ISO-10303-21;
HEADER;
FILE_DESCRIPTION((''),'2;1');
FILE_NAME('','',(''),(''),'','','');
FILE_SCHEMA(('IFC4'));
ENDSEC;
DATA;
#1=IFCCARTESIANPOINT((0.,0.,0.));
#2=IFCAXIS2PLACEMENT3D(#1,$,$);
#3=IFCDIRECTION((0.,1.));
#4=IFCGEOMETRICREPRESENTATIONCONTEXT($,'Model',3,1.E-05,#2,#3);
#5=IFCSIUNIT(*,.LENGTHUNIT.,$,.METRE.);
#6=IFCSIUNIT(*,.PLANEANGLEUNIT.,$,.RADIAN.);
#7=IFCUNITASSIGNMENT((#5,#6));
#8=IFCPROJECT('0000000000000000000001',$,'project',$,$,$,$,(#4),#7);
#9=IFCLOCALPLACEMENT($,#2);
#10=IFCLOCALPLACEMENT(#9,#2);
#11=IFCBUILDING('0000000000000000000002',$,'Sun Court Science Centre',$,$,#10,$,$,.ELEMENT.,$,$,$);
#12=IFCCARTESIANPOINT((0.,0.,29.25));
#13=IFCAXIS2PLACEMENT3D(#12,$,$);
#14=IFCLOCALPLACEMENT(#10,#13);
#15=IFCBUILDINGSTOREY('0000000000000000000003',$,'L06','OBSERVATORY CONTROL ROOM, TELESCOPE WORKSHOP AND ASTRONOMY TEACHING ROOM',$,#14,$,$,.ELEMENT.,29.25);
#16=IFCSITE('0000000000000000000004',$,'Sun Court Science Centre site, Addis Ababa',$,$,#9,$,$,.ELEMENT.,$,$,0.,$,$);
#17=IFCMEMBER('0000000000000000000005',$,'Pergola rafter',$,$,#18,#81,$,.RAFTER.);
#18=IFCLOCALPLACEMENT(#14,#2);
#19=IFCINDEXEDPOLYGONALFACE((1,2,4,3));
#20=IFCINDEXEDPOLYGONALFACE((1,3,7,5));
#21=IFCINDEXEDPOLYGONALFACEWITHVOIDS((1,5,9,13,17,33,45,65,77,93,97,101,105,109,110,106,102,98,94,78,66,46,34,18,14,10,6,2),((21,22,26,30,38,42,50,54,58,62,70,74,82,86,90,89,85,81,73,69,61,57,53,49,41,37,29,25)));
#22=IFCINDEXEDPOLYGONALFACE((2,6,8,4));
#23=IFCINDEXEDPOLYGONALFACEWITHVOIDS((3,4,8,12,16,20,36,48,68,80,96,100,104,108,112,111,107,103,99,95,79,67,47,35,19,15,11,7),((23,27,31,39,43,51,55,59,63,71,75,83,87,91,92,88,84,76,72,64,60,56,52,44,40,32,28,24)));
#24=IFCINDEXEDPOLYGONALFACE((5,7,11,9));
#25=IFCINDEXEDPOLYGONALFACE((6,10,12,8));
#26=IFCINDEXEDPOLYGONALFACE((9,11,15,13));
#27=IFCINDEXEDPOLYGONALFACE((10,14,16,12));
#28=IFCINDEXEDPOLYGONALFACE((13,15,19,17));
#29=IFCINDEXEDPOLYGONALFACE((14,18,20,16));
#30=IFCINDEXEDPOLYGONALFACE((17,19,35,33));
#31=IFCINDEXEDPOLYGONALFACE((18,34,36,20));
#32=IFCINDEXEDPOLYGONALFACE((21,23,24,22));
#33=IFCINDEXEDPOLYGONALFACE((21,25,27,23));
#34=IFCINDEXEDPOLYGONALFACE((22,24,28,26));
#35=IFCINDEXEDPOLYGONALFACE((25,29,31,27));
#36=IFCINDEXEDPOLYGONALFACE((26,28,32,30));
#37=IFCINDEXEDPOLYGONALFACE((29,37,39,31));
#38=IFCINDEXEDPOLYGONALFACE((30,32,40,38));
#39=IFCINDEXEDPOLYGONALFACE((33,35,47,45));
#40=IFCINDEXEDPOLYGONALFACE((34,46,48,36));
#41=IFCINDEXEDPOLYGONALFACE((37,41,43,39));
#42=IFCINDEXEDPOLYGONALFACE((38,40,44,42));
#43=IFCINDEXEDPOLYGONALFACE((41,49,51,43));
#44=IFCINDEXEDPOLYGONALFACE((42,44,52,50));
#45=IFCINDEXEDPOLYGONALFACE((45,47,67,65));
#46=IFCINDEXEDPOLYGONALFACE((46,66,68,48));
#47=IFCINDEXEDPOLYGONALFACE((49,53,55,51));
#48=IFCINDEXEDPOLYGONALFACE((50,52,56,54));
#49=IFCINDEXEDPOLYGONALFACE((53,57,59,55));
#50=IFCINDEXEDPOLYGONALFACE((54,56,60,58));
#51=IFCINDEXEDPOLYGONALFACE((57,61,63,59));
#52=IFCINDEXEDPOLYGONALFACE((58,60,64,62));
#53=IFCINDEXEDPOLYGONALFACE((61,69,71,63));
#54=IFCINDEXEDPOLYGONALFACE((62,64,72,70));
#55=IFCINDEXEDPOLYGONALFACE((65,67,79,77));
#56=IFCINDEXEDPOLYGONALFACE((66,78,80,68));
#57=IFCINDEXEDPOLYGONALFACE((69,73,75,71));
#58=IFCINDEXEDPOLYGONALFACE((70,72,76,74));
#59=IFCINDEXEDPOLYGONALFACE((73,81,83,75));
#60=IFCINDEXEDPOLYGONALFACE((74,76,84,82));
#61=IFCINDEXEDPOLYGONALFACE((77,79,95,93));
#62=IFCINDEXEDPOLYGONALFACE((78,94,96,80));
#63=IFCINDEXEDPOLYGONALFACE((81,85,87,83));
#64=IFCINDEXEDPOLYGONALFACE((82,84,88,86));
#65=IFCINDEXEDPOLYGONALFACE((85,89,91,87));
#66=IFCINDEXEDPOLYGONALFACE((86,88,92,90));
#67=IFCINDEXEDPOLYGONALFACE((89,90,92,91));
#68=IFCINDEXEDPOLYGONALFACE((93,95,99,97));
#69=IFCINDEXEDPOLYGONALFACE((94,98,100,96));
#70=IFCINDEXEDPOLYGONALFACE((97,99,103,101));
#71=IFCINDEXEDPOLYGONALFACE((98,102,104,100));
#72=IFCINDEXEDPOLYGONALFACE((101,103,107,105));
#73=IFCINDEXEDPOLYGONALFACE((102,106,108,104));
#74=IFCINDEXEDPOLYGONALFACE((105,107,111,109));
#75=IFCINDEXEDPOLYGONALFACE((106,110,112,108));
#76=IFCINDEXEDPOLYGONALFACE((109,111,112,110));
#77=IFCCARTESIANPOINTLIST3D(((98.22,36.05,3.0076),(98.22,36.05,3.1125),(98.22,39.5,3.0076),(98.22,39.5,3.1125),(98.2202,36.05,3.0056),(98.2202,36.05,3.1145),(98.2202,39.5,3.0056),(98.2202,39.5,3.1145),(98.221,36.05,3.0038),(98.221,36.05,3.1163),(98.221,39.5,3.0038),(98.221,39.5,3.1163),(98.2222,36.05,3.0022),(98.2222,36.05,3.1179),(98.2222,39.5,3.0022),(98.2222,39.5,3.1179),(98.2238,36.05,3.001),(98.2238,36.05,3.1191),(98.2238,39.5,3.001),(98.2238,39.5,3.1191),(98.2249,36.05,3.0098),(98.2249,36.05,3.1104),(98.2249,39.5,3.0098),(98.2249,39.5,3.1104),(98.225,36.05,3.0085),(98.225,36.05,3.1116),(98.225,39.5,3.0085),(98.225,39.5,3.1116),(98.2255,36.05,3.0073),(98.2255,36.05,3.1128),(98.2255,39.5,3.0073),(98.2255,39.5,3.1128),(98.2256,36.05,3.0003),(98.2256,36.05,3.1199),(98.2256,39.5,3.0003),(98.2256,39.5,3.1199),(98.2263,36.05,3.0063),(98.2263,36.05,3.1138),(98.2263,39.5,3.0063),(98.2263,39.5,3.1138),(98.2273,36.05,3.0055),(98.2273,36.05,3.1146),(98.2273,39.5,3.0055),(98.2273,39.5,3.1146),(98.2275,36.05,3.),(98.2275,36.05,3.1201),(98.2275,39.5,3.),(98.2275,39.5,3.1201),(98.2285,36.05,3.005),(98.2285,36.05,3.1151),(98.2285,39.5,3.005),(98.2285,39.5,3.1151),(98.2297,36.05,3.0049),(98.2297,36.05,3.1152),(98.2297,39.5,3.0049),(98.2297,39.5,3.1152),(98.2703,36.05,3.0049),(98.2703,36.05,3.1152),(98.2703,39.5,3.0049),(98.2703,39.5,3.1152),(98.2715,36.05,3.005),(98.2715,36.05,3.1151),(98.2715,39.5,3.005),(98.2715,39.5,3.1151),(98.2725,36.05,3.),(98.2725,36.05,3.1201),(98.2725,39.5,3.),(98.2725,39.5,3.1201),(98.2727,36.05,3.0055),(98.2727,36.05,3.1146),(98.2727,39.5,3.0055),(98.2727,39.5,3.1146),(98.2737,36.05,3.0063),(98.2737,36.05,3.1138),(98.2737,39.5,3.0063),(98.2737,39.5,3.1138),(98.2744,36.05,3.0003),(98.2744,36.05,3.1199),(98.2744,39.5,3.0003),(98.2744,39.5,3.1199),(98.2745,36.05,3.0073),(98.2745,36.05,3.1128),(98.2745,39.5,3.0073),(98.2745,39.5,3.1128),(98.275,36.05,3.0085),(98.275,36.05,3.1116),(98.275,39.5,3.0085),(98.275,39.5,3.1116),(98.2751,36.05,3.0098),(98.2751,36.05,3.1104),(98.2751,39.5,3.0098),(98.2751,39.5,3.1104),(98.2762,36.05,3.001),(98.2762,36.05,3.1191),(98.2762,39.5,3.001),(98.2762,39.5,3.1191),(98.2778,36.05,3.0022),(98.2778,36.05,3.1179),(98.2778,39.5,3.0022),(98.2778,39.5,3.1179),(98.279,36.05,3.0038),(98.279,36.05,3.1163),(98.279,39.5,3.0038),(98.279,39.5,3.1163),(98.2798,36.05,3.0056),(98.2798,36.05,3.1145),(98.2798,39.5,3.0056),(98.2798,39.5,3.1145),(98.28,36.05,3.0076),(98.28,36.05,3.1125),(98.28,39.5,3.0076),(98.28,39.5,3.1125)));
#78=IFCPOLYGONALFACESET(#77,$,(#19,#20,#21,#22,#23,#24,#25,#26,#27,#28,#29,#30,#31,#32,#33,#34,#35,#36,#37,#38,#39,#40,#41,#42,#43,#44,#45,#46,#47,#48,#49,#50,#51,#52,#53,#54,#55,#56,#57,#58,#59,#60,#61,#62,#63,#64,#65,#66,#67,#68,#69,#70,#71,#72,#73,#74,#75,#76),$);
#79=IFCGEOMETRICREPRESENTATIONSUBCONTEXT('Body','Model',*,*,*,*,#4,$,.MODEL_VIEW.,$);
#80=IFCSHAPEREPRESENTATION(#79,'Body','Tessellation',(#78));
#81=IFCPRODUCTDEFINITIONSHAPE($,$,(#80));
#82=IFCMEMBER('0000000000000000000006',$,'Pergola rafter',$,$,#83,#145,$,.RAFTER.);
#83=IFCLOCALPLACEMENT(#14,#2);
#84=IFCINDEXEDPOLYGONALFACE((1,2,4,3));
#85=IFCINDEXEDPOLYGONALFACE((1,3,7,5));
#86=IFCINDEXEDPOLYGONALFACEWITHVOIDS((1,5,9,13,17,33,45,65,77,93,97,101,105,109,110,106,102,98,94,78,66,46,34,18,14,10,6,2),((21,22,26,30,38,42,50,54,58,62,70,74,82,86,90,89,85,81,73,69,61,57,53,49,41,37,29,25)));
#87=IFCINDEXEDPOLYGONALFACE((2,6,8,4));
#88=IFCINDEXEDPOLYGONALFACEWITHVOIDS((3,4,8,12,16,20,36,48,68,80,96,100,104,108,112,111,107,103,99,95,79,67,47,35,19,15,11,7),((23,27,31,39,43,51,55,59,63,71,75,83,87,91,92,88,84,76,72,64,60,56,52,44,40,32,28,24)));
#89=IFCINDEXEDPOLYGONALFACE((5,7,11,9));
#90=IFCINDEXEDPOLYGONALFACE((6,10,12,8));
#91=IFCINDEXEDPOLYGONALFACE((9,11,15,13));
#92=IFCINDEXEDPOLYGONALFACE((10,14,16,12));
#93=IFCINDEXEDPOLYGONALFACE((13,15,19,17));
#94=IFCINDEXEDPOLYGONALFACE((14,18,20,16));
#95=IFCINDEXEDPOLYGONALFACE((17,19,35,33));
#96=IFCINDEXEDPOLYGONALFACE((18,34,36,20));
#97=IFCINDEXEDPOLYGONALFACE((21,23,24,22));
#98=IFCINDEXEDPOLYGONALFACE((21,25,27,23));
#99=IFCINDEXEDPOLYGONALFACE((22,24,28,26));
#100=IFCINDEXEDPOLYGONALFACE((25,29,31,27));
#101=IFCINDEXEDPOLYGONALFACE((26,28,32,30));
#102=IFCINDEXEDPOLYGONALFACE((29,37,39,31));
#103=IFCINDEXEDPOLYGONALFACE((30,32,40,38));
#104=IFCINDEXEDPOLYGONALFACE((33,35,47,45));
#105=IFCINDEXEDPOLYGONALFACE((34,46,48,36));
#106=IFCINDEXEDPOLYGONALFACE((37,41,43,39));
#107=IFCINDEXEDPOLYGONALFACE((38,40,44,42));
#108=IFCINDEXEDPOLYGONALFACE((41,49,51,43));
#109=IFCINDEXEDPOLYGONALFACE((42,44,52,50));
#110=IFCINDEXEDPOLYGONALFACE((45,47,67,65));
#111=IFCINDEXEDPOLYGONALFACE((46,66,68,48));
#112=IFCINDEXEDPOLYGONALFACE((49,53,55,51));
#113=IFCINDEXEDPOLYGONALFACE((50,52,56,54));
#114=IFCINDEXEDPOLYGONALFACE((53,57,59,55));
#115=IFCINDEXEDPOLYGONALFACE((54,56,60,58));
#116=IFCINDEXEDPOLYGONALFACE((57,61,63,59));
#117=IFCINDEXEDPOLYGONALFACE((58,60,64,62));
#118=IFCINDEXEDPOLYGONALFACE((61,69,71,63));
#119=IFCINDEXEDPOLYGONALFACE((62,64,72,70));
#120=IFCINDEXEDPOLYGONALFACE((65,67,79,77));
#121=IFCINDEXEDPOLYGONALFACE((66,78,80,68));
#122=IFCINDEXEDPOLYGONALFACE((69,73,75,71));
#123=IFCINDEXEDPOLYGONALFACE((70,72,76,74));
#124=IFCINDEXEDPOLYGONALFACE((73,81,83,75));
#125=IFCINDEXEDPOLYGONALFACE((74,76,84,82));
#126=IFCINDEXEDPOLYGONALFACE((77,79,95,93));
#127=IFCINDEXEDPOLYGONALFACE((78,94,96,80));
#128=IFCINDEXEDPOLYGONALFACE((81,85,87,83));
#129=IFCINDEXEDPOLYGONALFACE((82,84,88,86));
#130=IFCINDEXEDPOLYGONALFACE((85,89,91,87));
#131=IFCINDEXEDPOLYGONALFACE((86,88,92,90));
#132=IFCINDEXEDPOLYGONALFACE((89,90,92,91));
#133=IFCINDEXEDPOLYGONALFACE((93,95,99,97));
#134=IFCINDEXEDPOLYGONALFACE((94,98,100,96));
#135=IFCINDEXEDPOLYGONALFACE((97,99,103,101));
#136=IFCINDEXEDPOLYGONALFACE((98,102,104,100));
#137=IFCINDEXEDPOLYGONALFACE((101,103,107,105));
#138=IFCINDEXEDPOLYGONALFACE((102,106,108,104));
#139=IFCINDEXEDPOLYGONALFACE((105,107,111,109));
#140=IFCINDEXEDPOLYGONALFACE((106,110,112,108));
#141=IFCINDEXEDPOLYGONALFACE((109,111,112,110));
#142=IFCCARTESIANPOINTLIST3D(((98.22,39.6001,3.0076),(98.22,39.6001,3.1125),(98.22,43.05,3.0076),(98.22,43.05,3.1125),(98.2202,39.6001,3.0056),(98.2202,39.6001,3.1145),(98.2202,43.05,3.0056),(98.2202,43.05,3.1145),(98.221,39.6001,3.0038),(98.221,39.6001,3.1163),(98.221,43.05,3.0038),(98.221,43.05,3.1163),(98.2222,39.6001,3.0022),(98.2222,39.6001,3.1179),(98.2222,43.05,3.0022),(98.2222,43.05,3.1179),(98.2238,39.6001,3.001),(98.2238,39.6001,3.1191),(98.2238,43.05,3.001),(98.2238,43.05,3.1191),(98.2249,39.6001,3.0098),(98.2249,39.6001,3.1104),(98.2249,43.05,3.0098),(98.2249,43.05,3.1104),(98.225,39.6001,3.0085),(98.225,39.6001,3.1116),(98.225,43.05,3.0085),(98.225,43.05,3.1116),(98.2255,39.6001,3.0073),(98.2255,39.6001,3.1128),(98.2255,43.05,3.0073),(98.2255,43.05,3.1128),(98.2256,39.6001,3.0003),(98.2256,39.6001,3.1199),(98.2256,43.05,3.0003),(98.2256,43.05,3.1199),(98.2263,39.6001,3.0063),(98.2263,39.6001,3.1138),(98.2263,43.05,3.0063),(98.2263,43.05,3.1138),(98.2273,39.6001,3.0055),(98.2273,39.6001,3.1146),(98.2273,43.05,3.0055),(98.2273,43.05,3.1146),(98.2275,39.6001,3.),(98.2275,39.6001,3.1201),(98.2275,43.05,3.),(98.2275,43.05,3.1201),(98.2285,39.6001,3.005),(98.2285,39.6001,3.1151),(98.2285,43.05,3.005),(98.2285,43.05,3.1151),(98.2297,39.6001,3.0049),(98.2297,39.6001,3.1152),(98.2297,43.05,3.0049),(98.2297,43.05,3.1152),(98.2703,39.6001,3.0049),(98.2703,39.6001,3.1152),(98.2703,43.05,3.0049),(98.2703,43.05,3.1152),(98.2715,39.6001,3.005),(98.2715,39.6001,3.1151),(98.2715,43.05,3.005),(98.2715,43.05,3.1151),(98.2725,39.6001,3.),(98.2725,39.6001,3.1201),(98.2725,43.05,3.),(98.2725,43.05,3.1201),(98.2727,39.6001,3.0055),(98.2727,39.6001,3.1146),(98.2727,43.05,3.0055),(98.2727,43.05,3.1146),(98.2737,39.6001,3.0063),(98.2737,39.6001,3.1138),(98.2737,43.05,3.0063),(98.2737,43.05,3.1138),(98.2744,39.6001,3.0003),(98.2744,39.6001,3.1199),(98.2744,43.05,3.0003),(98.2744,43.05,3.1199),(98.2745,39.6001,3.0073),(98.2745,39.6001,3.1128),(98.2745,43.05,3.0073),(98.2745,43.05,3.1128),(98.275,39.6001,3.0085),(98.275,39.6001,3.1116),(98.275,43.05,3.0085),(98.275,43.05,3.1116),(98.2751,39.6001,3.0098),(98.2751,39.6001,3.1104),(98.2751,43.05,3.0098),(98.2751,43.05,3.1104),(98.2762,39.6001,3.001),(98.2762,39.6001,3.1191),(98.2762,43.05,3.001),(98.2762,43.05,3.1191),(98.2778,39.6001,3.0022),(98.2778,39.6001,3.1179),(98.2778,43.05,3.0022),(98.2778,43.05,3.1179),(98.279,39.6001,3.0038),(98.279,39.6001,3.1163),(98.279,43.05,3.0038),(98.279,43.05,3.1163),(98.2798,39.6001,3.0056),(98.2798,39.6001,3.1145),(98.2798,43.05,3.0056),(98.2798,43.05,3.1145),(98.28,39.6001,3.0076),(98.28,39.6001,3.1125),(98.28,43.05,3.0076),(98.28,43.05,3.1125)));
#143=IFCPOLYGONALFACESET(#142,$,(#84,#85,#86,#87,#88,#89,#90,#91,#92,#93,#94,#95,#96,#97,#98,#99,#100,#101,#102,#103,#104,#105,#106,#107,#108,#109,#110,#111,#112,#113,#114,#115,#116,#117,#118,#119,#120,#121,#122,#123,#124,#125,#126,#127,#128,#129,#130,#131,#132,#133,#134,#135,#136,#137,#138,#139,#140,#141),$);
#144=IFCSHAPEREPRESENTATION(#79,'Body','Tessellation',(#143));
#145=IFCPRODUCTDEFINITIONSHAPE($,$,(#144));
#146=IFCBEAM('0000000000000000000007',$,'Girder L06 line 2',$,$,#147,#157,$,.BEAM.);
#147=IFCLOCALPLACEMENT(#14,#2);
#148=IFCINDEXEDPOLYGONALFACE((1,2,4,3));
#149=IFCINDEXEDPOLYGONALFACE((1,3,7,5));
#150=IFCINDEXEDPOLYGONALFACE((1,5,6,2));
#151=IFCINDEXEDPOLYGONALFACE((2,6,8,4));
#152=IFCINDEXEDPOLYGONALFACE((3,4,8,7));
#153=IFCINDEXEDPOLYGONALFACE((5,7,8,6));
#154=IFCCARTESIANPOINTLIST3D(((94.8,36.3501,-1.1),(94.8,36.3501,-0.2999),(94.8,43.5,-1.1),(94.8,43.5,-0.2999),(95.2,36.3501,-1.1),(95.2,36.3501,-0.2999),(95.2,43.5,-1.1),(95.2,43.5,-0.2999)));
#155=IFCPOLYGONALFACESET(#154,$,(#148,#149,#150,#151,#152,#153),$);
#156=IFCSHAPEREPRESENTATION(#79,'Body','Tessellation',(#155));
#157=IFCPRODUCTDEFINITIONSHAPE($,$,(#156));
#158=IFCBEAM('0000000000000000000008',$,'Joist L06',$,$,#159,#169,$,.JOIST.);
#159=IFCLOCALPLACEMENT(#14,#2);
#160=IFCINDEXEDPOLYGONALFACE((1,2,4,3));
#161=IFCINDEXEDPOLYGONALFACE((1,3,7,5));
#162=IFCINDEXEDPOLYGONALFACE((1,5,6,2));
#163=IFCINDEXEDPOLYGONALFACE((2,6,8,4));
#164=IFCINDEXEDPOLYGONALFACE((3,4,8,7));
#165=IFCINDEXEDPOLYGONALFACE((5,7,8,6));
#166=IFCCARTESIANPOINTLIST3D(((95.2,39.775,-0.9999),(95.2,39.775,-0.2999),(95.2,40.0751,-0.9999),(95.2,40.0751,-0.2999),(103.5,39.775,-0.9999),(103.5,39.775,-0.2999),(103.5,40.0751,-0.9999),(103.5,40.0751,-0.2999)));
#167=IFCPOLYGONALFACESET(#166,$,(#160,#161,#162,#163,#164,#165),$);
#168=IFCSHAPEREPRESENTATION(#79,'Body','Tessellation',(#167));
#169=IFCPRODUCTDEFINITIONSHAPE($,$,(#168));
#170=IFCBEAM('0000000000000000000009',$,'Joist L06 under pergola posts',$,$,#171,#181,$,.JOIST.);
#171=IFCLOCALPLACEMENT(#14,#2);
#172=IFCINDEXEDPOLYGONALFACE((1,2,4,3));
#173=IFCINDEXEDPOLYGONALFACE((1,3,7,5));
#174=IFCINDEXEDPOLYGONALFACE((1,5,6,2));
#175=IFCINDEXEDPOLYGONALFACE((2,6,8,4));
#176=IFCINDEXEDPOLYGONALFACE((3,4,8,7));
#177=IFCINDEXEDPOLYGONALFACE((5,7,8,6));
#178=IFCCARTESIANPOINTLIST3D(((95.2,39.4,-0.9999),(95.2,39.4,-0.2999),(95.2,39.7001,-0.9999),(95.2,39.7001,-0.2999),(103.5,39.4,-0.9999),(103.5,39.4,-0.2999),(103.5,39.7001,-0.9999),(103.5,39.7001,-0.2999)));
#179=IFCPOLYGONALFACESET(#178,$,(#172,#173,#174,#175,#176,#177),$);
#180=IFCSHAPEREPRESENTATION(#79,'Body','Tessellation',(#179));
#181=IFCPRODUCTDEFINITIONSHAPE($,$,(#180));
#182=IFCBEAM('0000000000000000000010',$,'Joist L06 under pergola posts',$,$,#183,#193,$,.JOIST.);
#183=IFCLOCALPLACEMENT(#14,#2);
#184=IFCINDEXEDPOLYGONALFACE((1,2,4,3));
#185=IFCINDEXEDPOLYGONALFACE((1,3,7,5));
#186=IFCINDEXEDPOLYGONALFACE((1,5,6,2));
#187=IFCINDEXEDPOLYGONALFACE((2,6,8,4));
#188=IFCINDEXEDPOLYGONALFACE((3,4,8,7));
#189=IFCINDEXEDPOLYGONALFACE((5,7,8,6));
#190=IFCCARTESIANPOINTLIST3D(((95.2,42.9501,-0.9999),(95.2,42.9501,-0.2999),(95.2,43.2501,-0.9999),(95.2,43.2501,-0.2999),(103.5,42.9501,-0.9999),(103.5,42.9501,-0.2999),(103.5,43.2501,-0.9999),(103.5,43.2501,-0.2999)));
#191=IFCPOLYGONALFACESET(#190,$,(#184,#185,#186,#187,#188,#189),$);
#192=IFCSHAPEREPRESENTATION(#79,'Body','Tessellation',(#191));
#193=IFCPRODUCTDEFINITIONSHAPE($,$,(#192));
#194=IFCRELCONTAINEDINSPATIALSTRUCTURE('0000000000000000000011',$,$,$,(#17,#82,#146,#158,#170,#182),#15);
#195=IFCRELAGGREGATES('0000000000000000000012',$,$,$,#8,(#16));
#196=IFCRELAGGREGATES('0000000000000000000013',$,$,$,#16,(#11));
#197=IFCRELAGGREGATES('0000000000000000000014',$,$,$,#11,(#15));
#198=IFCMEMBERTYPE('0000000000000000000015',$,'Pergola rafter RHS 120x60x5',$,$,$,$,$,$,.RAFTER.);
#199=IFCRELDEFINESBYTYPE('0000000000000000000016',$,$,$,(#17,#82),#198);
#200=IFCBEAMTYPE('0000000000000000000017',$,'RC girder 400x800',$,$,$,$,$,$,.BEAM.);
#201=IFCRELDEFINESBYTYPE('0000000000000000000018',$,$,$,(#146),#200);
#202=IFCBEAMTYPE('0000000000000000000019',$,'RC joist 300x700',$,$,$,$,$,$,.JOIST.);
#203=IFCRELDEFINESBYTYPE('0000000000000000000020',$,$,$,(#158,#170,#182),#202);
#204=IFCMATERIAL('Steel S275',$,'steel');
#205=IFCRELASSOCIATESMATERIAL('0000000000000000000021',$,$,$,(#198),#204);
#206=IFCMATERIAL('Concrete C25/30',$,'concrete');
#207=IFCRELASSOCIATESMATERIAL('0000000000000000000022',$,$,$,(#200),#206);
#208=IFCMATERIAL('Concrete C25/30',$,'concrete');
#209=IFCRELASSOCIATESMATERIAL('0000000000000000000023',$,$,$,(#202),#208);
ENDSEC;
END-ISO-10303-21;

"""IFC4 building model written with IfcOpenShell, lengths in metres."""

from ifc_helpers import new_model, si_unit, direction, frame, origin, origin_2d, place, context, subcontext, project, spatial, rectangle, hollow_rectangle, extrude, material, material_profile, profile_set, type_object, element, save


model = new_model("IFC4")

# Units and contexts
model_context = context("Model", 3, precision=1e-05, world=origin(), true_north=direction((0.0, 1.0)))
body_context = subcontext(model_context, "Body", "Model", "MODEL_VIEW")
ifc_project = project(units=[si_unit("LENGTHUNIT", "METRE"), si_unit("PLANEANGLEUNIT", "RADIAN")], contexts=[model_context])

# Site, building, storey
site_placement = place(None, origin())
site = spatial("IfcSite", under=ifc_project, at=site_placement, Name="Sun Court Science Centre site, Addis Ababa", CompositionType="ELEMENT", RefElevation=0.0)
building_placement = place(site_placement, origin())
building = spatial("IfcBuilding", under=site, at=building_placement, Name="Sun Court Science Centre", CompositionType="ELEMENT")
storey_placement = place(building_placement, frame((0.0, 0.0, 29.25)))
storey = spatial("IfcBuildingStorey", under=building, at=storey_placement, Name="L06", Description="OBSERVATORY CONTROL ROOM, TELESCOPE WORKSHOP AND ASTRONOMY TEACHING ROOM", CompositionType="ELEMENT", Elevation=29.25)

# Members
ifc_material_1 = material(Name="Steel S275", Category="steel")
ifc_material_profile_1 = material_profile(ifc_material_1, hollow_rectangle(XDim=0.0601, YDim=0.1201, WallThickness=0.0049, InnerFilletRadius=0.0049, OuterFilletRadius=0.0076, at=origin_2d()), Name="RHS 120x60x5")
ifc_profile_set_1 = profile_set([ifc_material_profile_1], Name="Steel S275")
member_type_1 = type_object("IfcMemberType", Name="Pergola rafter RHS 120x60x5", PredefinedType="RAFTER", material=ifc_profile_set_1)
for number, where, z_axis, x_axis, name in (
    (1, (98.25, 36.05, 3.0601), (0.0, 1.0, 0.0), (-1.0, 0.0, 0.0), "Pergola rafter"),
    (2, (98.25, 39.6001, 3.0601), (0.0, 1.0, 0.0), (-1.0, 0.0, 0.0), "Pergola rafter"),
):
    element("IfcMember", number, at=place(storey_placement, frame(where, z_axis=z_axis, x_axis=x_axis)), inside=storey, type_object=member_type_1, Name=name, PredefinedType="RAFTER", context=body_context, shape_type="SweptSolid", body=[
        extrude(hollow_rectangle(XDim=0.0601, YDim=0.1201, WallThickness=0.0049, InnerFilletRadius=0.0049, OuterFilletRadius=0.0076, at=origin_2d()), origin(), (0.0, 0.0, 1.0), 3.45),
    ])

# Beams
ifc_material_2 = material(Name="Concrete C25/30", Category="concrete")
ifc_material_profile_2 = material_profile(ifc_material_2, rectangle(XDim=0.3999, YDim=0.8, at=origin_2d()), Name="RC 400x800")
ifc_profile_set_2 = profile_set([ifc_material_profile_2], Name="Concrete C25/30")
beam_type_1 = type_object("IfcBeamType", Name="RC girder 400x800", PredefinedType="BEAM", material=ifc_profile_set_2)
beam_1_placement = place(storey_placement, frame((95.0, 36.3501, -0.7), z_axis=(0.0, 1.0, 0.0), x_axis=(-1.0, 0.0, 0.0)))
element("IfcBeam", 3, at=beam_1_placement, inside=storey, type_object=beam_type_1, Name="Girder L06 line 2", PredefinedType="BEAM", context=body_context, shape_type="SweptSolid", body=[
    extrude(rectangle(XDim=0.3999, YDim=0.8, at=origin_2d()), origin(), (0.0, 0.0, 1.0), 7.1499),
])
ifc_material_3 = material(Name="Concrete C25/30", Category="concrete")
ifc_material_profile_3 = material_profile(ifc_material_3, rectangle(XDim=0.3, YDim=0.7, at=origin_2d()), Name="RC 300x700")
ifc_profile_set_3 = profile_set([ifc_material_profile_3], Name="Concrete C25/30")
beam_type_2 = type_object("IfcBeamType", Name="RC joist 300x700", PredefinedType="JOIST", material=ifc_profile_set_3)
for number, where, z_axis, x_axis, name in (
    (4, (95.2, 39.925, -0.6499), (1.0, 0.0, 0.0), (0.0, 1.0, 0.0), "Joist L06"),
    (5, (95.2, 39.55, -0.6499), (1.0, 0.0, 0.0), (0.0, 1.0, 0.0), "Joist L06 under pergola posts"),
    (6, (95.2, 43.1001, -0.6499), (1.0, 0.0, 0.0), (0.0, 1.0, 0.0), "Joist L06 under pergola posts"),
):
    element("IfcBeam", number, at=place(storey_placement, frame(where, z_axis=z_axis, x_axis=x_axis)), inside=storey, type_object=beam_type_2, Name=name, PredefinedType="JOIST", context=body_context, shape_type="SweptSolid", body=[
        extrude(rectangle(XDim=0.3, YDim=0.7, at=origin_2d()), origin(), (0.0, 0.0, 1.0), 8.3),
    ])

save(model, "model.ifc")
